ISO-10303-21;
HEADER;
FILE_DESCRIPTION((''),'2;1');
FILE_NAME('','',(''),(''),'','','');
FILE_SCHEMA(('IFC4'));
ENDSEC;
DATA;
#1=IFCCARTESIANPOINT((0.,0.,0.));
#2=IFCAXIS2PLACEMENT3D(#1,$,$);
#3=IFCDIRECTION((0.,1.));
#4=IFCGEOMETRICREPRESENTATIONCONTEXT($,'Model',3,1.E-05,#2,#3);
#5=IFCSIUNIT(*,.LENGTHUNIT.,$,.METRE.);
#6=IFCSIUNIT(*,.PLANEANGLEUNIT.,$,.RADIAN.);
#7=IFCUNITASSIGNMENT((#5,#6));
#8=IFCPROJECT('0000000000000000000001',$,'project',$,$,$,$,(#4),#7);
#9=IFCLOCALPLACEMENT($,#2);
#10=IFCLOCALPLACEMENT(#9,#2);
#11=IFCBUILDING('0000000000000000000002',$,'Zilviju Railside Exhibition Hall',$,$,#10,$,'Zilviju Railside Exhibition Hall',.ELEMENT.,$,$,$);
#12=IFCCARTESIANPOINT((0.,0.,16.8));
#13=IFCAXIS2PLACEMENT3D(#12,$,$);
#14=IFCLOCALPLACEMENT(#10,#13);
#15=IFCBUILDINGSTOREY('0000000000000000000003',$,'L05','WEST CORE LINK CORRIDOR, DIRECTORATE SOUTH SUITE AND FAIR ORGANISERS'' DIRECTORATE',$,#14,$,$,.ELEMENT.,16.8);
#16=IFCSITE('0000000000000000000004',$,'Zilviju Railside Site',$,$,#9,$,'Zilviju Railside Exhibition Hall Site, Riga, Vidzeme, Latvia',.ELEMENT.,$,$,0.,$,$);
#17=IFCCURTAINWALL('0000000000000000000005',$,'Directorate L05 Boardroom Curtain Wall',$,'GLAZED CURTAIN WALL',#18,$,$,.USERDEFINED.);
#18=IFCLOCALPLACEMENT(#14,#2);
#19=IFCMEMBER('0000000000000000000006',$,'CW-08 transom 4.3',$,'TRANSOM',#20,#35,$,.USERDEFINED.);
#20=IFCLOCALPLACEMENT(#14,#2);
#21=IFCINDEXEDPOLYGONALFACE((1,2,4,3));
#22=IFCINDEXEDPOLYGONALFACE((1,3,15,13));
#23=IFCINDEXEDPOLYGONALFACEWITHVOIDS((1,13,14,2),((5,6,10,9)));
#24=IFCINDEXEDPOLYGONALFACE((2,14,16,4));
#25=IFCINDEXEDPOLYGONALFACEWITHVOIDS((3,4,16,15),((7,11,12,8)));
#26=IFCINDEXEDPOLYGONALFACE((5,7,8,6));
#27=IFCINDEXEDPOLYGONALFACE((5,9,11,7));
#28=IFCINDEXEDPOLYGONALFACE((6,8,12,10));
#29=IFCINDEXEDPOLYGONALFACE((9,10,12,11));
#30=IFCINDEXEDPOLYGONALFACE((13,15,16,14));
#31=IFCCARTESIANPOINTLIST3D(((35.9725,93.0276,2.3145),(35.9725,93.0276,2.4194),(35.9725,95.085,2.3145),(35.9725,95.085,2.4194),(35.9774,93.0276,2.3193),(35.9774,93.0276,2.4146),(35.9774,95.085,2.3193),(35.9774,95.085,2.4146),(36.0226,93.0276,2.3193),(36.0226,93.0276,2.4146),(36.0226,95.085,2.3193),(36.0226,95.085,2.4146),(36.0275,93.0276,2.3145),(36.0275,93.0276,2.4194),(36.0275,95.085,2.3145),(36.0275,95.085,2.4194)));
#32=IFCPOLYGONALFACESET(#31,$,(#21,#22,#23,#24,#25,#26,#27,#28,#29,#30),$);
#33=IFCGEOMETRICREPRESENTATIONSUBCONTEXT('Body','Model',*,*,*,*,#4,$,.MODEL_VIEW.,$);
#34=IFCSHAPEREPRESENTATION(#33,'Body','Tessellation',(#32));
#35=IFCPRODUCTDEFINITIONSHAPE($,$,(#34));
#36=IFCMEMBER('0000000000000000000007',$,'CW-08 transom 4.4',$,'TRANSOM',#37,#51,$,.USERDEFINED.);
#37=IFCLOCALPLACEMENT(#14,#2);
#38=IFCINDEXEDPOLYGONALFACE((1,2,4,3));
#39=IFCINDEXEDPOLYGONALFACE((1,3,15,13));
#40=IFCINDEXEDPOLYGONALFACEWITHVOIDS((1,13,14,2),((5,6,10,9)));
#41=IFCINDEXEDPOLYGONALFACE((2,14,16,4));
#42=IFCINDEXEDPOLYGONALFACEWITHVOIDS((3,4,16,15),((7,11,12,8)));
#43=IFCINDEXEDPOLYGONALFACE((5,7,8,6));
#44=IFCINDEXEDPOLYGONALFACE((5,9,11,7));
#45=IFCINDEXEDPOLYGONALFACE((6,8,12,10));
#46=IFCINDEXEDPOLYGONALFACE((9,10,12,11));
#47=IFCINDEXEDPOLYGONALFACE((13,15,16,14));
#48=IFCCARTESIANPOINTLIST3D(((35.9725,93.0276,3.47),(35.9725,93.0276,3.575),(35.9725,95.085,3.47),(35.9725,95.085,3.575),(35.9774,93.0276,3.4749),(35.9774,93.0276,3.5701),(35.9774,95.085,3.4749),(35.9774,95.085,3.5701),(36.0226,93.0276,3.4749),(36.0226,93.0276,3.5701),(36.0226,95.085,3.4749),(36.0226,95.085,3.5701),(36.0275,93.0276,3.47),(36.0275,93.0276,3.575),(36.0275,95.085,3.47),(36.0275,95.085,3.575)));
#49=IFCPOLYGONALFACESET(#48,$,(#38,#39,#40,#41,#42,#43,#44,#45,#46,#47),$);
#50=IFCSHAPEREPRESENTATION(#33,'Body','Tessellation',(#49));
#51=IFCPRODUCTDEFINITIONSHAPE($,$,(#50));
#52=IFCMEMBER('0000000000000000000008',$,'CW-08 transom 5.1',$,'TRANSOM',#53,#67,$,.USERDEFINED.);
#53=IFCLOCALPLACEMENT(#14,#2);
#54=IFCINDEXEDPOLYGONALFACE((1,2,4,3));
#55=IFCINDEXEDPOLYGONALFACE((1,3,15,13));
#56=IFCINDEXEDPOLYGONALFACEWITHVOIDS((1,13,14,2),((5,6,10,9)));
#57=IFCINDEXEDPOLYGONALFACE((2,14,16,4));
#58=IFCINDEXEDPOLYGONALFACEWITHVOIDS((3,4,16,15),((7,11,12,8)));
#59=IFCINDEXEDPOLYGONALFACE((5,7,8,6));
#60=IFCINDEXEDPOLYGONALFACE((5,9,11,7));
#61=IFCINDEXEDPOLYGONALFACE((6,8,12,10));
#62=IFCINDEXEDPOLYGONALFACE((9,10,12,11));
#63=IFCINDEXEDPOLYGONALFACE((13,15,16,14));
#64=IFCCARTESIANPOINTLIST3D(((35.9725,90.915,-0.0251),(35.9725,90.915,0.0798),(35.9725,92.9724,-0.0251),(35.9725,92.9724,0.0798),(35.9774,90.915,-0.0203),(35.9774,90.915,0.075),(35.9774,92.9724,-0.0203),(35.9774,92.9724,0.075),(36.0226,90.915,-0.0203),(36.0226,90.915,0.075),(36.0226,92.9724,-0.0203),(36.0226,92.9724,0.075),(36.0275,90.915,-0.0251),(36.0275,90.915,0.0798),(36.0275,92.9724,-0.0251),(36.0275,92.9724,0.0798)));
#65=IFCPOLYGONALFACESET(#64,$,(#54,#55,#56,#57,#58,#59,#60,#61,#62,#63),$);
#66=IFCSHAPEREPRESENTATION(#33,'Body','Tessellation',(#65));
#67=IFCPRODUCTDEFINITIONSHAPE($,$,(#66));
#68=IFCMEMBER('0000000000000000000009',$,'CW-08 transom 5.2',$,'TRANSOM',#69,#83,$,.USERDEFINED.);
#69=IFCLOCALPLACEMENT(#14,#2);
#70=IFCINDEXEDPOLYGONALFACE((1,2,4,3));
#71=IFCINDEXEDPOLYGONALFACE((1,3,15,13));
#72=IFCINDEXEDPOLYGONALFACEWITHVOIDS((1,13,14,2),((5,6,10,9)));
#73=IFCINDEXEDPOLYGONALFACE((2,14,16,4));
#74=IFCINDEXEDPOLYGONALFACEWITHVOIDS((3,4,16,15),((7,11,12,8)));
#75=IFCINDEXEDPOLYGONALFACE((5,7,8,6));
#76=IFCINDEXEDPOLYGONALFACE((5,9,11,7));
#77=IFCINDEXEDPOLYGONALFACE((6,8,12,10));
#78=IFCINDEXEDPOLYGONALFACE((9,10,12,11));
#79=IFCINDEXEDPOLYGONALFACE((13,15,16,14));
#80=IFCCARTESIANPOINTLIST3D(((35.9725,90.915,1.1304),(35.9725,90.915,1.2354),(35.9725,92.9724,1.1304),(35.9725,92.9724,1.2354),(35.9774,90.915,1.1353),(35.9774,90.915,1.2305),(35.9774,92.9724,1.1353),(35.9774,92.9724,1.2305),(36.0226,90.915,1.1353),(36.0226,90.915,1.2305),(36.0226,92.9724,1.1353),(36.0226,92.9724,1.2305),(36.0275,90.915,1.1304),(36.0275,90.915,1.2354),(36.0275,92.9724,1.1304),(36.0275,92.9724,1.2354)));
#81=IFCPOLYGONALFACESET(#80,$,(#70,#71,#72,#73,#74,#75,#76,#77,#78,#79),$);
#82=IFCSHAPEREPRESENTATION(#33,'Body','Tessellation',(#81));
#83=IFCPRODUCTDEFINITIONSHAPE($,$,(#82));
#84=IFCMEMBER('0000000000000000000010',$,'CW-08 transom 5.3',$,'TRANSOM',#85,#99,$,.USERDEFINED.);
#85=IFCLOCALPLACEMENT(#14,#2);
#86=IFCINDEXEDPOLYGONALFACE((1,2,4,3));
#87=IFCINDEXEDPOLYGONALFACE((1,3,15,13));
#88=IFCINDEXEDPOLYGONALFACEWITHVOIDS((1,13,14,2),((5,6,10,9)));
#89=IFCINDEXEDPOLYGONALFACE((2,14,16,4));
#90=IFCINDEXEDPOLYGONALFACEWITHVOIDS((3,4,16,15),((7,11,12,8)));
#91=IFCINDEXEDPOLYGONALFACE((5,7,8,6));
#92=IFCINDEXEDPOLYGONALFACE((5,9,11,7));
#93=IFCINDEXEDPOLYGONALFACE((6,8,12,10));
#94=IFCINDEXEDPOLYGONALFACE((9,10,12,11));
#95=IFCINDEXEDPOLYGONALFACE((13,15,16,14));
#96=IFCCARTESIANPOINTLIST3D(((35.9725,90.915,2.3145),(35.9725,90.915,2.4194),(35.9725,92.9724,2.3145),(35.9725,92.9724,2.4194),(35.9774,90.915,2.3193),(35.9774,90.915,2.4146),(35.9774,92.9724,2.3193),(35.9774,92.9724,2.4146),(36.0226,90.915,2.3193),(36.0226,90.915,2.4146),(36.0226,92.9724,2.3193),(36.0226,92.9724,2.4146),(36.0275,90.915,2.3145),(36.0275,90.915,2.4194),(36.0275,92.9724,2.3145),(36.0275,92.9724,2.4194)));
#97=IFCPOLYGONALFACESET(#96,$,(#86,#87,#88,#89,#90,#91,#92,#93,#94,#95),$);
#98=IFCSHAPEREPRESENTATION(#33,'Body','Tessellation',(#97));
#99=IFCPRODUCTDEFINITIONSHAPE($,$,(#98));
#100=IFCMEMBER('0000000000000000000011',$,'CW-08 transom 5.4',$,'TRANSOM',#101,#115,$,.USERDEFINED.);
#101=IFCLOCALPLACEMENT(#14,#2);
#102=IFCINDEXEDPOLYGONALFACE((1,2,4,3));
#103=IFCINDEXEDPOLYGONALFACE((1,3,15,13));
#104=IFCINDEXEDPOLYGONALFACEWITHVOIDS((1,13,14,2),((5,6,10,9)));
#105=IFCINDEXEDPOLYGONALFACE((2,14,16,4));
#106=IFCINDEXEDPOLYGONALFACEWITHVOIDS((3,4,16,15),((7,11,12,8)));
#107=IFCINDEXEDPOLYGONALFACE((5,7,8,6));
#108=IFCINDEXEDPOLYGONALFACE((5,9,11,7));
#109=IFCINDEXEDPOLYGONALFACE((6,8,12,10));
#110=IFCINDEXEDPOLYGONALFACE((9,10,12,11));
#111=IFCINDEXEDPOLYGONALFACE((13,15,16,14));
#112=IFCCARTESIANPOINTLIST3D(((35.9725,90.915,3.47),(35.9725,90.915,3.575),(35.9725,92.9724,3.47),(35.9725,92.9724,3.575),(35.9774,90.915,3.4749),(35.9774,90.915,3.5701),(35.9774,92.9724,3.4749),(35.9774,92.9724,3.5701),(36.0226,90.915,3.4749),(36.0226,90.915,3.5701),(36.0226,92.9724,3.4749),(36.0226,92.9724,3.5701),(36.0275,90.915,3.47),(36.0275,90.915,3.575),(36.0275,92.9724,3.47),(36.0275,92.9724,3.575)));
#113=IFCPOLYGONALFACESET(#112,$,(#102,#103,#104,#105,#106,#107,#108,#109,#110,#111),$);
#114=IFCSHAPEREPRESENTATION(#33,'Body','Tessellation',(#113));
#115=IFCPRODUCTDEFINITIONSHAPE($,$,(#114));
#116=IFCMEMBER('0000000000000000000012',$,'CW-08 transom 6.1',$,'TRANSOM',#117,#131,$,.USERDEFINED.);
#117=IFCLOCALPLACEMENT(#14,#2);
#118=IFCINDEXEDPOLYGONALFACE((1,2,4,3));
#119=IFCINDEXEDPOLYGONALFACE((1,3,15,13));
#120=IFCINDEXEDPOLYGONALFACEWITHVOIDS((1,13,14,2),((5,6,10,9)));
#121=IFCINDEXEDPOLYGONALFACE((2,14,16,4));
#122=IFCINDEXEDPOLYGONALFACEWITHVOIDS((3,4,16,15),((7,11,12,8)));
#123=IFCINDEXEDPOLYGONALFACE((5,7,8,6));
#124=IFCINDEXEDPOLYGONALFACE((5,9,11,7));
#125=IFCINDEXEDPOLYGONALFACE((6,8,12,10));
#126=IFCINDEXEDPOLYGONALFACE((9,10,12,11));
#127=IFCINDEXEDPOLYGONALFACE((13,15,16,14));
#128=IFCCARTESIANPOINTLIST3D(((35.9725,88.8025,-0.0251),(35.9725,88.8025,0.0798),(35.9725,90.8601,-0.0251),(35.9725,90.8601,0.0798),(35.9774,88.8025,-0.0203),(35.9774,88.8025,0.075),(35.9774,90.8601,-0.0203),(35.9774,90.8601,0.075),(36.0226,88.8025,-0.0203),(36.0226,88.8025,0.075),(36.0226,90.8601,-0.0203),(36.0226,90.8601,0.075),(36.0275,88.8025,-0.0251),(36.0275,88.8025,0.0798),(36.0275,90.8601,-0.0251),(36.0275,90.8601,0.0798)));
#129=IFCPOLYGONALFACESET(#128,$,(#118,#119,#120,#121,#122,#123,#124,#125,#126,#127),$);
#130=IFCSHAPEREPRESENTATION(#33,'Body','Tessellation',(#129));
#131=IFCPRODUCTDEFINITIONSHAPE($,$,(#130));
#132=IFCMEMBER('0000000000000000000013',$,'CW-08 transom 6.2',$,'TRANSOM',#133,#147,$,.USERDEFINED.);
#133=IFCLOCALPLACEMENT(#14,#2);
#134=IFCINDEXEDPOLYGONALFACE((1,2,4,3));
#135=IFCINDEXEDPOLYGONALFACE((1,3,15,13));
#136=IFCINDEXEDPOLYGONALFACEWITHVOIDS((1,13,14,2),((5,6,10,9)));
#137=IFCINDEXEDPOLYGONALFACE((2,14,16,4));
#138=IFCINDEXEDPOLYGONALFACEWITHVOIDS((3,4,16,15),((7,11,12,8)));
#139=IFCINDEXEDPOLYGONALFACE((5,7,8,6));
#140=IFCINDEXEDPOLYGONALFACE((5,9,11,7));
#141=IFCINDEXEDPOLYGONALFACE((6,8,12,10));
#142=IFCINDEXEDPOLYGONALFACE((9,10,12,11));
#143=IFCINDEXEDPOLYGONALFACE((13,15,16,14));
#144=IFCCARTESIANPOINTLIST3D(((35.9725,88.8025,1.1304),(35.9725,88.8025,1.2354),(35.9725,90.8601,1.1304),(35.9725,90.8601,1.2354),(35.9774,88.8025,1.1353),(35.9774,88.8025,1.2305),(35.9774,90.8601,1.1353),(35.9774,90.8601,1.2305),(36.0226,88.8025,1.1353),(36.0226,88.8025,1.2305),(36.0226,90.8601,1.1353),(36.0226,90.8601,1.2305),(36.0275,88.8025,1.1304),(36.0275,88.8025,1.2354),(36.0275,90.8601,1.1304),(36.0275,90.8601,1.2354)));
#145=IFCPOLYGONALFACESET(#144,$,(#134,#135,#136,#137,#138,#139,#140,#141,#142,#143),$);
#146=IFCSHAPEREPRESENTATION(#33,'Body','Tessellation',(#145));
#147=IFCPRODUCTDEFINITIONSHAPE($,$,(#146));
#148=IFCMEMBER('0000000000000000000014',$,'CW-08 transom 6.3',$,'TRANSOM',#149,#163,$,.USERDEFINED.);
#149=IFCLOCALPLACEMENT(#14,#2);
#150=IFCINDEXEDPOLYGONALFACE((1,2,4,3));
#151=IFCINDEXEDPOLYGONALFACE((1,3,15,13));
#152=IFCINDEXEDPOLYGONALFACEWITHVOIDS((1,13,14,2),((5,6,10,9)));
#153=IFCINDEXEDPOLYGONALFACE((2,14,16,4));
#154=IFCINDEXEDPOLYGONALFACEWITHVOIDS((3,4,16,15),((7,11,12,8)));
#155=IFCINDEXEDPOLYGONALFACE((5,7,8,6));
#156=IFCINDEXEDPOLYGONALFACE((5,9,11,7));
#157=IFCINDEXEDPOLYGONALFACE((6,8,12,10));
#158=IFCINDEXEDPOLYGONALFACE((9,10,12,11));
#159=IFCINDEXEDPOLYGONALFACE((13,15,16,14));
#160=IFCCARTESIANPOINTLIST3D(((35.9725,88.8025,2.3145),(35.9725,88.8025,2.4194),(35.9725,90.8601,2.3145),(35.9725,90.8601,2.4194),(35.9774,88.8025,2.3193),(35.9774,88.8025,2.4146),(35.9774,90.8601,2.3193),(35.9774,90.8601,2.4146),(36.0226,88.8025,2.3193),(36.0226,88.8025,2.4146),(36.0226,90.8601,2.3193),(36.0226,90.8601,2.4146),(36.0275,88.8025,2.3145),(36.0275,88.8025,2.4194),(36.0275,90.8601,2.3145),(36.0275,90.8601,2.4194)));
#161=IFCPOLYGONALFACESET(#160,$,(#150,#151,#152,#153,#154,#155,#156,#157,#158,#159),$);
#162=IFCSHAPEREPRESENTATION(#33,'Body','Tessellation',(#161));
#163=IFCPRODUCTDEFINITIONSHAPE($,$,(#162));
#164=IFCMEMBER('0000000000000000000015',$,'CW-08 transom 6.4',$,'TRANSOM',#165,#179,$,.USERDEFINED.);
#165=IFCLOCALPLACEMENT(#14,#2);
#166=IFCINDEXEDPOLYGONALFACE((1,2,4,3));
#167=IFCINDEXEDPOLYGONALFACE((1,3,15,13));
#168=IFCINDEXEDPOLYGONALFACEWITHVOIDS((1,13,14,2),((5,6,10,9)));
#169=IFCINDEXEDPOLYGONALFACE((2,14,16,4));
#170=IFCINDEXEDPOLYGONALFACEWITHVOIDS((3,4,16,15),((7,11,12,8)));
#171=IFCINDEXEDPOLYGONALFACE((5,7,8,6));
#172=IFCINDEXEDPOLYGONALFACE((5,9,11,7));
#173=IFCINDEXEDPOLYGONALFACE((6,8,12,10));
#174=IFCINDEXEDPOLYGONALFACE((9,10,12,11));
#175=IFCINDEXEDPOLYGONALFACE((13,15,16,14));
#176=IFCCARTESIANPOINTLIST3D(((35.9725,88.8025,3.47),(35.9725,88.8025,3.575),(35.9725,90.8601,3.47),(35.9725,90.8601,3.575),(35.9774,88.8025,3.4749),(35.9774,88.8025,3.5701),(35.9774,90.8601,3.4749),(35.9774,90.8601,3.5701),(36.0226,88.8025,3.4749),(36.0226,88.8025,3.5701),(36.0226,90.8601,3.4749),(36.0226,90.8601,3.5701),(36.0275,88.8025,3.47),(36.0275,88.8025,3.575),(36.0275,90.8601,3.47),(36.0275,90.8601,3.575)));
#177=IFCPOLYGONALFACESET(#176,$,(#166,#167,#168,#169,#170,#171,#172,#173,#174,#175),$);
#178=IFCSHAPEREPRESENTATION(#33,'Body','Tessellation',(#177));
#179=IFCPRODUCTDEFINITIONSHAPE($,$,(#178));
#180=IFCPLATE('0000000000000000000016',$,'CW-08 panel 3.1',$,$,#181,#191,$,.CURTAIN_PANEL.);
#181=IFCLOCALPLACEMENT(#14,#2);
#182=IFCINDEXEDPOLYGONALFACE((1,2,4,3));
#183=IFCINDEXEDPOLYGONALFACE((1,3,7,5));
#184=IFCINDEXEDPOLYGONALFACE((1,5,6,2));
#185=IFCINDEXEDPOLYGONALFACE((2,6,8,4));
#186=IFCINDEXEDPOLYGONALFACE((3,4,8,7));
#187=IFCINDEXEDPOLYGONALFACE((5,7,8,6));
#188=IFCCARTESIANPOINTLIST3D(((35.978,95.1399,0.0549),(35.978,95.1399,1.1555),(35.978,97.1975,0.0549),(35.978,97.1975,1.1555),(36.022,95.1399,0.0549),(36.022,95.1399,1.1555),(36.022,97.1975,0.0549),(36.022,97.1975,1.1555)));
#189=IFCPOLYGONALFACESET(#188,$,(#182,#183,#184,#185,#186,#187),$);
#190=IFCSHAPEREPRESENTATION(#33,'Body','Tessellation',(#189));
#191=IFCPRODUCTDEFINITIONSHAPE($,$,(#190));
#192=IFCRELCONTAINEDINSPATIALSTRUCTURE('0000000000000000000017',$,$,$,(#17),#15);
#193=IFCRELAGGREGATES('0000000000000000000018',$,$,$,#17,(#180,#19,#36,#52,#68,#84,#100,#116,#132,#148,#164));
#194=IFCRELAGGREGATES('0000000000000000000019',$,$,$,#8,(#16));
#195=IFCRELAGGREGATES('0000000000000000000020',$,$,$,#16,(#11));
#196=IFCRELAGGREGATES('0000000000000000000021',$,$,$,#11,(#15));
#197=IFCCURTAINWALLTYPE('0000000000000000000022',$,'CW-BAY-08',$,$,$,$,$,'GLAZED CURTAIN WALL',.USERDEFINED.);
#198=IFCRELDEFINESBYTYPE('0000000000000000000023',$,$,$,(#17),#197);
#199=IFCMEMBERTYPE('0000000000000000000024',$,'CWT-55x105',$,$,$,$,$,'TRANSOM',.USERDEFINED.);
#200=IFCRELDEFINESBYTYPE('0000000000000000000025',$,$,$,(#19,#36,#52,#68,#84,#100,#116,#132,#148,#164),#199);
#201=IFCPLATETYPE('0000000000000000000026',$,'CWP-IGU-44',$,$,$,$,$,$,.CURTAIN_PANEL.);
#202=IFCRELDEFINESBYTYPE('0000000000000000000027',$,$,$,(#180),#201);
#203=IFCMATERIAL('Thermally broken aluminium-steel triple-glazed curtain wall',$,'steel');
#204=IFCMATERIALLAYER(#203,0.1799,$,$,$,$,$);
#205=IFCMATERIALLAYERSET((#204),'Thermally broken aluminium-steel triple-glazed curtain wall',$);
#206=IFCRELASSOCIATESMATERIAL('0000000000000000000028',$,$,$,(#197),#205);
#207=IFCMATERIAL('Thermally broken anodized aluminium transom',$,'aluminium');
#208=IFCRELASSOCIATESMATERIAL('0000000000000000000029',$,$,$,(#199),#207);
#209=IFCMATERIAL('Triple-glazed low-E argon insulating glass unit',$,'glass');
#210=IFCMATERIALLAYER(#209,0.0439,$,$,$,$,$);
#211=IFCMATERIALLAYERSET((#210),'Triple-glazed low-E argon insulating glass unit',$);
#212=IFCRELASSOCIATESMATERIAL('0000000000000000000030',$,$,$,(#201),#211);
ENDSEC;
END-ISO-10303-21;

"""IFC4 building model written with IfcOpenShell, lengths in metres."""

from ifc_helpers import new_model, si_unit, direction, frame, origin, origin_2d, place, context, subcontext, project, spatial, rectangle, hollow_rectangle, extrude, material, layer, layer_set, material_profile, profile_set, type_object, element, aggregate, save


model = new_model("IFC4")

# Units and contexts
model_context = context("Model", 3, precision=1e-05, world=origin(), true_north=direction((0.0, 1.0)))
body_context = subcontext(model_context, "Body", "Model", "MODEL_VIEW")
ifc_project = project(units=[si_unit("LENGTHUNIT", "METRE"), si_unit("PLANEANGLEUNIT", "RADIAN")], contexts=[model_context])

# Site, building, storey
site_placement = place(None, origin())
site = spatial("IfcSite", under=ifc_project, at=site_placement, Name="Zilviju Railside Site", LongName="Zilviju Railside Exhibition Hall Site, Riga, Vidzeme, Latvia", CompositionType="ELEMENT", RefElevation=0.0)
building_placement = place(site_placement, origin())
building = spatial("IfcBuilding", under=site, at=building_placement, Name="Zilviju Railside Exhibition Hall", LongName="Zilviju Railside Exhibition Hall", CompositionType="ELEMENT")
storey_placement = place(building_placement, frame((0.0, 0.0, 16.8)))
storey = spatial("IfcBuildingStorey", under=building, at=storey_placement, Name="L05", Description="WEST CORE LINK CORRIDOR, DIRECTORATE SOUTH SUITE AND FAIR ORGANISERS' DIRECTORATE", CompositionType="ELEMENT", Elevation=16.8)

# Curtain wall, members, plate
ifc_material_1 = material(Name="Thermally broken aluminium-steel triple-glazed curtain wall", Category="steel")
ifc_layer_1 = layer(ifc_material_1, 0.1799)
ifc_layer_set_1 = layer_set([ifc_layer_1], Name="Thermally broken aluminium-steel triple-glazed curtain wall")
curtain_wall_type = type_object("IfcCurtainWallType", Name="CW-BAY-08", ElementType="GLAZED CURTAIN WALL", PredefinedType="USERDEFINED", material=ifc_layer_set_1)
curtain_wall_placement = place(storey_placement, origin())
curtain_wall = element("IfcCurtainWall", 1, at=curtain_wall_placement, inside=storey, type_object=curtain_wall_type, Name="Directorate L05 Boardroom Curtain Wall", ObjectType="GLAZED CURTAIN WALL", PredefinedType="USERDEFINED")
ifc_material_2 = material(Name="Thermally broken anodized aluminium transom", Category="aluminium")
ifc_material_profile_1 = material_profile(ifc_material_2, hollow_rectangle(XDim=0.0549, YDim=0.105, WallThickness=0.0049, at=origin_2d()), Name="TRANSOM 105x55x5")
ifc_profile_set_1 = profile_set([ifc_material_profile_1], Name="Thermally broken anodized aluminium transom")
member_type_1 = type_object("IfcMemberType", Name="CWT-55x105", ElementType="TRANSOM", PredefinedType="USERDEFINED", material=ifc_profile_set_1)
member_1_placement = place(storey_placement, frame((36.0, 95.085, 2.3669), z_axis=(0.0, -1.0, 0.0), x_axis=(1.0, 0.0, 0.0)))
member_1 = element("IfcMember", 2, at=member_1_placement, type_object=member_type_1, Name="CW-08 transom 4.3", ObjectType="TRANSOM", PredefinedType="USERDEFINED", context=body_context, shape_type="SweptSolid", body=[
    extrude(hollow_rectangle(XDim=0.0549, YDim=0.105, WallThickness=0.0049, at=origin_2d()), origin(), (0.0, 0.0, 1.0), 2.0574),
])
member_2_placement = place(storey_placement, frame((36.0, 95.085, 3.5225), z_axis=(0.0, -1.0, 0.0), x_axis=(1.0, 0.0, 0.0)))
member_2 = element("IfcMember", 3, at=member_2_placement, type_object=member_type_1, Name="CW-08 transom 4.4", ObjectType="TRANSOM", PredefinedType="USERDEFINED", context=body_context, shape_type="SweptSolid", body=[
    extrude(hollow_rectangle(XDim=0.0549, YDim=0.105, WallThickness=0.0049, at=origin_2d()), origin(), (0.0, 0.0, 1.0), 2.0574),
])
member_3_placement = place(storey_placement, frame((36.0, 92.9724, 0.0273), z_axis=(0.0, -1.0, 0.0), x_axis=(1.0, 0.0, 0.0)))
member_3 = element("IfcMember", 4, at=member_3_placement, type_object=member_type_1, Name="CW-08 transom 5.1", ObjectType="TRANSOM", PredefinedType="USERDEFINED", context=body_context, shape_type="SweptSolid", body=[
    extrude(hollow_rectangle(XDim=0.0549, YDim=0.105, WallThickness=0.0049, at=origin_2d()), origin(), (0.0, 0.0, 1.0), 2.0574),
])
member_4_placement = place(storey_placement, frame((36.0, 92.9724, 1.1829), z_axis=(0.0, -1.0, 0.0), x_axis=(1.0, 0.0, 0.0)))
member_4 = element("IfcMember", 5, at=member_4_placement, type_object=member_type_1, Name="CW-08 transom 5.2", ObjectType="TRANSOM", PredefinedType="USERDEFINED", context=body_context, shape_type="SweptSolid", body=[
    extrude(hollow_rectangle(XDim=0.0549, YDim=0.105, WallThickness=0.0049, at=origin_2d()), origin(), (0.0, 0.0, 1.0), 2.0574),
])
member_5_placement = place(storey_placement, frame((36.0, 92.9724, 2.3669), z_axis=(0.0, -1.0, 0.0), x_axis=(1.0, 0.0, 0.0)))
member_5 = element("IfcMember", 6, at=member_5_placement, type_object=member_type_1, Name="CW-08 transom 5.3", ObjectType="TRANSOM", PredefinedType="USERDEFINED", context=body_context, shape_type="SweptSolid", body=[
    extrude(hollow_rectangle(XDim=0.0549, YDim=0.105, WallThickness=0.0049, at=origin_2d()), origin(), (0.0, 0.0, 1.0), 2.0574),
])
member_6_placement = place(storey_placement, frame((36.0, 92.9724, 3.5225), z_axis=(0.0, -1.0, 0.0), x_axis=(1.0, 0.0, 0.0)))
member_6 = element("IfcMember", 7, at=member_6_placement, type_object=member_type_1, Name="CW-08 transom 5.4", ObjectType="TRANSOM", PredefinedType="USERDEFINED", context=body_context, shape_type="SweptSolid", body=[
    extrude(hollow_rectangle(XDim=0.0549, YDim=0.105, WallThickness=0.0049, at=origin_2d()), origin(), (0.0, 0.0, 1.0), 2.0574),
])
member_7_placement = place(storey_placement, frame((36.0, 90.8601, 0.0273), z_axis=(0.0, -1.0, 0.0), x_axis=(1.0, 0.0, 0.0)))
member_7 = element("IfcMember", 8, at=member_7_placement, type_object=member_type_1, Name="CW-08 transom 6.1", ObjectType="TRANSOM", PredefinedType="USERDEFINED", context=body_context, shape_type="SweptSolid", body=[
    extrude(hollow_rectangle(XDim=0.0549, YDim=0.105, WallThickness=0.0049, at=origin_2d()), origin(), (0.0, 0.0, 1.0), 2.0576),
])
member_8_placement = place(storey_placement, frame((36.0, 90.8601, 1.1829), z_axis=(0.0, -1.0, 0.0), x_axis=(1.0, 0.0, 0.0)))
member_8 = element("IfcMember", 9, at=member_8_placement, type_object=member_type_1, Name="CW-08 transom 6.2", ObjectType="TRANSOM", PredefinedType="USERDEFINED", context=body_context, shape_type="SweptSolid", body=[
    extrude(hollow_rectangle(XDim=0.0549, YDim=0.105, WallThickness=0.0049, at=origin_2d()), origin(), (0.0, 0.0, 1.0), 2.0576),
])
member_9_placement = place(storey_placement, frame((36.0, 90.8601, 2.3669), z_axis=(0.0, -1.0, 0.0), x_axis=(1.0, 0.0, 0.0)))
member_9 = element("IfcMember", 10, at=member_9_placement, type_object=member_type_1, Name="CW-08 transom 6.3", ObjectType="TRANSOM", PredefinedType="USERDEFINED", context=body_context, shape_type="SweptSolid", body=[
    extrude(hollow_rectangle(XDim=0.0549, YDim=0.105, WallThickness=0.0049, at=origin_2d()), origin(), (0.0, 0.0, 1.0), 2.0576),
])
member_10_placement = place(storey_placement, frame((36.0, 90.8601, 3.5225), z_axis=(0.0, -1.0, 0.0), x_axis=(1.0, 0.0, 0.0)))
member_10 = element("IfcMember", 11, at=member_10_placement, type_object=member_type_1, Name="CW-08 transom 6.4", ObjectType="TRANSOM", PredefinedType="USERDEFINED", context=body_context, shape_type="SweptSolid", body=[
    extrude(hollow_rectangle(XDim=0.0549, YDim=0.105, WallThickness=0.0049, at=origin_2d()), origin(), (0.0, 0.0, 1.0), 2.0576),
])
ifc_material_3 = material(Name="Triple-glazed low-E argon insulating glass unit", Category="glass")
ifc_layer_2 = layer(ifc_material_3, 0.0439)
ifc_layer_set_2 = layer_set([ifc_layer_2], Name="Triple-glazed low-E argon insulating glass unit")
plate_type = type_object("IfcPlateType", Name="CWP-IGU-44", PredefinedType="CURTAIN_PANEL", material=ifc_layer_set_2)
plate_1_placement = place(storey_placement, frame((36.0, 96.1687, 0.0549), z_axis=(0.0, 0.0, 1.0), x_axis=(0.0, -1.0, 0.0)))
plate_1 = element("IfcPlate", 12, at=plate_1_placement, type_object=plate_type, Name="CW-08 panel 3.1", PredefinedType="CURTAIN_PANEL", context=body_context, shape_type="SweptSolid", body=[
    extrude(rectangle(XDim=2.0576, YDim=0.0439, at=origin_2d()), origin(), (0.0, 0.0, 1.0), 1.1006),
])
aggregate(curtain_wall, [plate_1, member_1, member_2, member_3, member_4, member_5, member_6, member_7, member_8, member_9, member_10])

save(model, "model.ifc")
